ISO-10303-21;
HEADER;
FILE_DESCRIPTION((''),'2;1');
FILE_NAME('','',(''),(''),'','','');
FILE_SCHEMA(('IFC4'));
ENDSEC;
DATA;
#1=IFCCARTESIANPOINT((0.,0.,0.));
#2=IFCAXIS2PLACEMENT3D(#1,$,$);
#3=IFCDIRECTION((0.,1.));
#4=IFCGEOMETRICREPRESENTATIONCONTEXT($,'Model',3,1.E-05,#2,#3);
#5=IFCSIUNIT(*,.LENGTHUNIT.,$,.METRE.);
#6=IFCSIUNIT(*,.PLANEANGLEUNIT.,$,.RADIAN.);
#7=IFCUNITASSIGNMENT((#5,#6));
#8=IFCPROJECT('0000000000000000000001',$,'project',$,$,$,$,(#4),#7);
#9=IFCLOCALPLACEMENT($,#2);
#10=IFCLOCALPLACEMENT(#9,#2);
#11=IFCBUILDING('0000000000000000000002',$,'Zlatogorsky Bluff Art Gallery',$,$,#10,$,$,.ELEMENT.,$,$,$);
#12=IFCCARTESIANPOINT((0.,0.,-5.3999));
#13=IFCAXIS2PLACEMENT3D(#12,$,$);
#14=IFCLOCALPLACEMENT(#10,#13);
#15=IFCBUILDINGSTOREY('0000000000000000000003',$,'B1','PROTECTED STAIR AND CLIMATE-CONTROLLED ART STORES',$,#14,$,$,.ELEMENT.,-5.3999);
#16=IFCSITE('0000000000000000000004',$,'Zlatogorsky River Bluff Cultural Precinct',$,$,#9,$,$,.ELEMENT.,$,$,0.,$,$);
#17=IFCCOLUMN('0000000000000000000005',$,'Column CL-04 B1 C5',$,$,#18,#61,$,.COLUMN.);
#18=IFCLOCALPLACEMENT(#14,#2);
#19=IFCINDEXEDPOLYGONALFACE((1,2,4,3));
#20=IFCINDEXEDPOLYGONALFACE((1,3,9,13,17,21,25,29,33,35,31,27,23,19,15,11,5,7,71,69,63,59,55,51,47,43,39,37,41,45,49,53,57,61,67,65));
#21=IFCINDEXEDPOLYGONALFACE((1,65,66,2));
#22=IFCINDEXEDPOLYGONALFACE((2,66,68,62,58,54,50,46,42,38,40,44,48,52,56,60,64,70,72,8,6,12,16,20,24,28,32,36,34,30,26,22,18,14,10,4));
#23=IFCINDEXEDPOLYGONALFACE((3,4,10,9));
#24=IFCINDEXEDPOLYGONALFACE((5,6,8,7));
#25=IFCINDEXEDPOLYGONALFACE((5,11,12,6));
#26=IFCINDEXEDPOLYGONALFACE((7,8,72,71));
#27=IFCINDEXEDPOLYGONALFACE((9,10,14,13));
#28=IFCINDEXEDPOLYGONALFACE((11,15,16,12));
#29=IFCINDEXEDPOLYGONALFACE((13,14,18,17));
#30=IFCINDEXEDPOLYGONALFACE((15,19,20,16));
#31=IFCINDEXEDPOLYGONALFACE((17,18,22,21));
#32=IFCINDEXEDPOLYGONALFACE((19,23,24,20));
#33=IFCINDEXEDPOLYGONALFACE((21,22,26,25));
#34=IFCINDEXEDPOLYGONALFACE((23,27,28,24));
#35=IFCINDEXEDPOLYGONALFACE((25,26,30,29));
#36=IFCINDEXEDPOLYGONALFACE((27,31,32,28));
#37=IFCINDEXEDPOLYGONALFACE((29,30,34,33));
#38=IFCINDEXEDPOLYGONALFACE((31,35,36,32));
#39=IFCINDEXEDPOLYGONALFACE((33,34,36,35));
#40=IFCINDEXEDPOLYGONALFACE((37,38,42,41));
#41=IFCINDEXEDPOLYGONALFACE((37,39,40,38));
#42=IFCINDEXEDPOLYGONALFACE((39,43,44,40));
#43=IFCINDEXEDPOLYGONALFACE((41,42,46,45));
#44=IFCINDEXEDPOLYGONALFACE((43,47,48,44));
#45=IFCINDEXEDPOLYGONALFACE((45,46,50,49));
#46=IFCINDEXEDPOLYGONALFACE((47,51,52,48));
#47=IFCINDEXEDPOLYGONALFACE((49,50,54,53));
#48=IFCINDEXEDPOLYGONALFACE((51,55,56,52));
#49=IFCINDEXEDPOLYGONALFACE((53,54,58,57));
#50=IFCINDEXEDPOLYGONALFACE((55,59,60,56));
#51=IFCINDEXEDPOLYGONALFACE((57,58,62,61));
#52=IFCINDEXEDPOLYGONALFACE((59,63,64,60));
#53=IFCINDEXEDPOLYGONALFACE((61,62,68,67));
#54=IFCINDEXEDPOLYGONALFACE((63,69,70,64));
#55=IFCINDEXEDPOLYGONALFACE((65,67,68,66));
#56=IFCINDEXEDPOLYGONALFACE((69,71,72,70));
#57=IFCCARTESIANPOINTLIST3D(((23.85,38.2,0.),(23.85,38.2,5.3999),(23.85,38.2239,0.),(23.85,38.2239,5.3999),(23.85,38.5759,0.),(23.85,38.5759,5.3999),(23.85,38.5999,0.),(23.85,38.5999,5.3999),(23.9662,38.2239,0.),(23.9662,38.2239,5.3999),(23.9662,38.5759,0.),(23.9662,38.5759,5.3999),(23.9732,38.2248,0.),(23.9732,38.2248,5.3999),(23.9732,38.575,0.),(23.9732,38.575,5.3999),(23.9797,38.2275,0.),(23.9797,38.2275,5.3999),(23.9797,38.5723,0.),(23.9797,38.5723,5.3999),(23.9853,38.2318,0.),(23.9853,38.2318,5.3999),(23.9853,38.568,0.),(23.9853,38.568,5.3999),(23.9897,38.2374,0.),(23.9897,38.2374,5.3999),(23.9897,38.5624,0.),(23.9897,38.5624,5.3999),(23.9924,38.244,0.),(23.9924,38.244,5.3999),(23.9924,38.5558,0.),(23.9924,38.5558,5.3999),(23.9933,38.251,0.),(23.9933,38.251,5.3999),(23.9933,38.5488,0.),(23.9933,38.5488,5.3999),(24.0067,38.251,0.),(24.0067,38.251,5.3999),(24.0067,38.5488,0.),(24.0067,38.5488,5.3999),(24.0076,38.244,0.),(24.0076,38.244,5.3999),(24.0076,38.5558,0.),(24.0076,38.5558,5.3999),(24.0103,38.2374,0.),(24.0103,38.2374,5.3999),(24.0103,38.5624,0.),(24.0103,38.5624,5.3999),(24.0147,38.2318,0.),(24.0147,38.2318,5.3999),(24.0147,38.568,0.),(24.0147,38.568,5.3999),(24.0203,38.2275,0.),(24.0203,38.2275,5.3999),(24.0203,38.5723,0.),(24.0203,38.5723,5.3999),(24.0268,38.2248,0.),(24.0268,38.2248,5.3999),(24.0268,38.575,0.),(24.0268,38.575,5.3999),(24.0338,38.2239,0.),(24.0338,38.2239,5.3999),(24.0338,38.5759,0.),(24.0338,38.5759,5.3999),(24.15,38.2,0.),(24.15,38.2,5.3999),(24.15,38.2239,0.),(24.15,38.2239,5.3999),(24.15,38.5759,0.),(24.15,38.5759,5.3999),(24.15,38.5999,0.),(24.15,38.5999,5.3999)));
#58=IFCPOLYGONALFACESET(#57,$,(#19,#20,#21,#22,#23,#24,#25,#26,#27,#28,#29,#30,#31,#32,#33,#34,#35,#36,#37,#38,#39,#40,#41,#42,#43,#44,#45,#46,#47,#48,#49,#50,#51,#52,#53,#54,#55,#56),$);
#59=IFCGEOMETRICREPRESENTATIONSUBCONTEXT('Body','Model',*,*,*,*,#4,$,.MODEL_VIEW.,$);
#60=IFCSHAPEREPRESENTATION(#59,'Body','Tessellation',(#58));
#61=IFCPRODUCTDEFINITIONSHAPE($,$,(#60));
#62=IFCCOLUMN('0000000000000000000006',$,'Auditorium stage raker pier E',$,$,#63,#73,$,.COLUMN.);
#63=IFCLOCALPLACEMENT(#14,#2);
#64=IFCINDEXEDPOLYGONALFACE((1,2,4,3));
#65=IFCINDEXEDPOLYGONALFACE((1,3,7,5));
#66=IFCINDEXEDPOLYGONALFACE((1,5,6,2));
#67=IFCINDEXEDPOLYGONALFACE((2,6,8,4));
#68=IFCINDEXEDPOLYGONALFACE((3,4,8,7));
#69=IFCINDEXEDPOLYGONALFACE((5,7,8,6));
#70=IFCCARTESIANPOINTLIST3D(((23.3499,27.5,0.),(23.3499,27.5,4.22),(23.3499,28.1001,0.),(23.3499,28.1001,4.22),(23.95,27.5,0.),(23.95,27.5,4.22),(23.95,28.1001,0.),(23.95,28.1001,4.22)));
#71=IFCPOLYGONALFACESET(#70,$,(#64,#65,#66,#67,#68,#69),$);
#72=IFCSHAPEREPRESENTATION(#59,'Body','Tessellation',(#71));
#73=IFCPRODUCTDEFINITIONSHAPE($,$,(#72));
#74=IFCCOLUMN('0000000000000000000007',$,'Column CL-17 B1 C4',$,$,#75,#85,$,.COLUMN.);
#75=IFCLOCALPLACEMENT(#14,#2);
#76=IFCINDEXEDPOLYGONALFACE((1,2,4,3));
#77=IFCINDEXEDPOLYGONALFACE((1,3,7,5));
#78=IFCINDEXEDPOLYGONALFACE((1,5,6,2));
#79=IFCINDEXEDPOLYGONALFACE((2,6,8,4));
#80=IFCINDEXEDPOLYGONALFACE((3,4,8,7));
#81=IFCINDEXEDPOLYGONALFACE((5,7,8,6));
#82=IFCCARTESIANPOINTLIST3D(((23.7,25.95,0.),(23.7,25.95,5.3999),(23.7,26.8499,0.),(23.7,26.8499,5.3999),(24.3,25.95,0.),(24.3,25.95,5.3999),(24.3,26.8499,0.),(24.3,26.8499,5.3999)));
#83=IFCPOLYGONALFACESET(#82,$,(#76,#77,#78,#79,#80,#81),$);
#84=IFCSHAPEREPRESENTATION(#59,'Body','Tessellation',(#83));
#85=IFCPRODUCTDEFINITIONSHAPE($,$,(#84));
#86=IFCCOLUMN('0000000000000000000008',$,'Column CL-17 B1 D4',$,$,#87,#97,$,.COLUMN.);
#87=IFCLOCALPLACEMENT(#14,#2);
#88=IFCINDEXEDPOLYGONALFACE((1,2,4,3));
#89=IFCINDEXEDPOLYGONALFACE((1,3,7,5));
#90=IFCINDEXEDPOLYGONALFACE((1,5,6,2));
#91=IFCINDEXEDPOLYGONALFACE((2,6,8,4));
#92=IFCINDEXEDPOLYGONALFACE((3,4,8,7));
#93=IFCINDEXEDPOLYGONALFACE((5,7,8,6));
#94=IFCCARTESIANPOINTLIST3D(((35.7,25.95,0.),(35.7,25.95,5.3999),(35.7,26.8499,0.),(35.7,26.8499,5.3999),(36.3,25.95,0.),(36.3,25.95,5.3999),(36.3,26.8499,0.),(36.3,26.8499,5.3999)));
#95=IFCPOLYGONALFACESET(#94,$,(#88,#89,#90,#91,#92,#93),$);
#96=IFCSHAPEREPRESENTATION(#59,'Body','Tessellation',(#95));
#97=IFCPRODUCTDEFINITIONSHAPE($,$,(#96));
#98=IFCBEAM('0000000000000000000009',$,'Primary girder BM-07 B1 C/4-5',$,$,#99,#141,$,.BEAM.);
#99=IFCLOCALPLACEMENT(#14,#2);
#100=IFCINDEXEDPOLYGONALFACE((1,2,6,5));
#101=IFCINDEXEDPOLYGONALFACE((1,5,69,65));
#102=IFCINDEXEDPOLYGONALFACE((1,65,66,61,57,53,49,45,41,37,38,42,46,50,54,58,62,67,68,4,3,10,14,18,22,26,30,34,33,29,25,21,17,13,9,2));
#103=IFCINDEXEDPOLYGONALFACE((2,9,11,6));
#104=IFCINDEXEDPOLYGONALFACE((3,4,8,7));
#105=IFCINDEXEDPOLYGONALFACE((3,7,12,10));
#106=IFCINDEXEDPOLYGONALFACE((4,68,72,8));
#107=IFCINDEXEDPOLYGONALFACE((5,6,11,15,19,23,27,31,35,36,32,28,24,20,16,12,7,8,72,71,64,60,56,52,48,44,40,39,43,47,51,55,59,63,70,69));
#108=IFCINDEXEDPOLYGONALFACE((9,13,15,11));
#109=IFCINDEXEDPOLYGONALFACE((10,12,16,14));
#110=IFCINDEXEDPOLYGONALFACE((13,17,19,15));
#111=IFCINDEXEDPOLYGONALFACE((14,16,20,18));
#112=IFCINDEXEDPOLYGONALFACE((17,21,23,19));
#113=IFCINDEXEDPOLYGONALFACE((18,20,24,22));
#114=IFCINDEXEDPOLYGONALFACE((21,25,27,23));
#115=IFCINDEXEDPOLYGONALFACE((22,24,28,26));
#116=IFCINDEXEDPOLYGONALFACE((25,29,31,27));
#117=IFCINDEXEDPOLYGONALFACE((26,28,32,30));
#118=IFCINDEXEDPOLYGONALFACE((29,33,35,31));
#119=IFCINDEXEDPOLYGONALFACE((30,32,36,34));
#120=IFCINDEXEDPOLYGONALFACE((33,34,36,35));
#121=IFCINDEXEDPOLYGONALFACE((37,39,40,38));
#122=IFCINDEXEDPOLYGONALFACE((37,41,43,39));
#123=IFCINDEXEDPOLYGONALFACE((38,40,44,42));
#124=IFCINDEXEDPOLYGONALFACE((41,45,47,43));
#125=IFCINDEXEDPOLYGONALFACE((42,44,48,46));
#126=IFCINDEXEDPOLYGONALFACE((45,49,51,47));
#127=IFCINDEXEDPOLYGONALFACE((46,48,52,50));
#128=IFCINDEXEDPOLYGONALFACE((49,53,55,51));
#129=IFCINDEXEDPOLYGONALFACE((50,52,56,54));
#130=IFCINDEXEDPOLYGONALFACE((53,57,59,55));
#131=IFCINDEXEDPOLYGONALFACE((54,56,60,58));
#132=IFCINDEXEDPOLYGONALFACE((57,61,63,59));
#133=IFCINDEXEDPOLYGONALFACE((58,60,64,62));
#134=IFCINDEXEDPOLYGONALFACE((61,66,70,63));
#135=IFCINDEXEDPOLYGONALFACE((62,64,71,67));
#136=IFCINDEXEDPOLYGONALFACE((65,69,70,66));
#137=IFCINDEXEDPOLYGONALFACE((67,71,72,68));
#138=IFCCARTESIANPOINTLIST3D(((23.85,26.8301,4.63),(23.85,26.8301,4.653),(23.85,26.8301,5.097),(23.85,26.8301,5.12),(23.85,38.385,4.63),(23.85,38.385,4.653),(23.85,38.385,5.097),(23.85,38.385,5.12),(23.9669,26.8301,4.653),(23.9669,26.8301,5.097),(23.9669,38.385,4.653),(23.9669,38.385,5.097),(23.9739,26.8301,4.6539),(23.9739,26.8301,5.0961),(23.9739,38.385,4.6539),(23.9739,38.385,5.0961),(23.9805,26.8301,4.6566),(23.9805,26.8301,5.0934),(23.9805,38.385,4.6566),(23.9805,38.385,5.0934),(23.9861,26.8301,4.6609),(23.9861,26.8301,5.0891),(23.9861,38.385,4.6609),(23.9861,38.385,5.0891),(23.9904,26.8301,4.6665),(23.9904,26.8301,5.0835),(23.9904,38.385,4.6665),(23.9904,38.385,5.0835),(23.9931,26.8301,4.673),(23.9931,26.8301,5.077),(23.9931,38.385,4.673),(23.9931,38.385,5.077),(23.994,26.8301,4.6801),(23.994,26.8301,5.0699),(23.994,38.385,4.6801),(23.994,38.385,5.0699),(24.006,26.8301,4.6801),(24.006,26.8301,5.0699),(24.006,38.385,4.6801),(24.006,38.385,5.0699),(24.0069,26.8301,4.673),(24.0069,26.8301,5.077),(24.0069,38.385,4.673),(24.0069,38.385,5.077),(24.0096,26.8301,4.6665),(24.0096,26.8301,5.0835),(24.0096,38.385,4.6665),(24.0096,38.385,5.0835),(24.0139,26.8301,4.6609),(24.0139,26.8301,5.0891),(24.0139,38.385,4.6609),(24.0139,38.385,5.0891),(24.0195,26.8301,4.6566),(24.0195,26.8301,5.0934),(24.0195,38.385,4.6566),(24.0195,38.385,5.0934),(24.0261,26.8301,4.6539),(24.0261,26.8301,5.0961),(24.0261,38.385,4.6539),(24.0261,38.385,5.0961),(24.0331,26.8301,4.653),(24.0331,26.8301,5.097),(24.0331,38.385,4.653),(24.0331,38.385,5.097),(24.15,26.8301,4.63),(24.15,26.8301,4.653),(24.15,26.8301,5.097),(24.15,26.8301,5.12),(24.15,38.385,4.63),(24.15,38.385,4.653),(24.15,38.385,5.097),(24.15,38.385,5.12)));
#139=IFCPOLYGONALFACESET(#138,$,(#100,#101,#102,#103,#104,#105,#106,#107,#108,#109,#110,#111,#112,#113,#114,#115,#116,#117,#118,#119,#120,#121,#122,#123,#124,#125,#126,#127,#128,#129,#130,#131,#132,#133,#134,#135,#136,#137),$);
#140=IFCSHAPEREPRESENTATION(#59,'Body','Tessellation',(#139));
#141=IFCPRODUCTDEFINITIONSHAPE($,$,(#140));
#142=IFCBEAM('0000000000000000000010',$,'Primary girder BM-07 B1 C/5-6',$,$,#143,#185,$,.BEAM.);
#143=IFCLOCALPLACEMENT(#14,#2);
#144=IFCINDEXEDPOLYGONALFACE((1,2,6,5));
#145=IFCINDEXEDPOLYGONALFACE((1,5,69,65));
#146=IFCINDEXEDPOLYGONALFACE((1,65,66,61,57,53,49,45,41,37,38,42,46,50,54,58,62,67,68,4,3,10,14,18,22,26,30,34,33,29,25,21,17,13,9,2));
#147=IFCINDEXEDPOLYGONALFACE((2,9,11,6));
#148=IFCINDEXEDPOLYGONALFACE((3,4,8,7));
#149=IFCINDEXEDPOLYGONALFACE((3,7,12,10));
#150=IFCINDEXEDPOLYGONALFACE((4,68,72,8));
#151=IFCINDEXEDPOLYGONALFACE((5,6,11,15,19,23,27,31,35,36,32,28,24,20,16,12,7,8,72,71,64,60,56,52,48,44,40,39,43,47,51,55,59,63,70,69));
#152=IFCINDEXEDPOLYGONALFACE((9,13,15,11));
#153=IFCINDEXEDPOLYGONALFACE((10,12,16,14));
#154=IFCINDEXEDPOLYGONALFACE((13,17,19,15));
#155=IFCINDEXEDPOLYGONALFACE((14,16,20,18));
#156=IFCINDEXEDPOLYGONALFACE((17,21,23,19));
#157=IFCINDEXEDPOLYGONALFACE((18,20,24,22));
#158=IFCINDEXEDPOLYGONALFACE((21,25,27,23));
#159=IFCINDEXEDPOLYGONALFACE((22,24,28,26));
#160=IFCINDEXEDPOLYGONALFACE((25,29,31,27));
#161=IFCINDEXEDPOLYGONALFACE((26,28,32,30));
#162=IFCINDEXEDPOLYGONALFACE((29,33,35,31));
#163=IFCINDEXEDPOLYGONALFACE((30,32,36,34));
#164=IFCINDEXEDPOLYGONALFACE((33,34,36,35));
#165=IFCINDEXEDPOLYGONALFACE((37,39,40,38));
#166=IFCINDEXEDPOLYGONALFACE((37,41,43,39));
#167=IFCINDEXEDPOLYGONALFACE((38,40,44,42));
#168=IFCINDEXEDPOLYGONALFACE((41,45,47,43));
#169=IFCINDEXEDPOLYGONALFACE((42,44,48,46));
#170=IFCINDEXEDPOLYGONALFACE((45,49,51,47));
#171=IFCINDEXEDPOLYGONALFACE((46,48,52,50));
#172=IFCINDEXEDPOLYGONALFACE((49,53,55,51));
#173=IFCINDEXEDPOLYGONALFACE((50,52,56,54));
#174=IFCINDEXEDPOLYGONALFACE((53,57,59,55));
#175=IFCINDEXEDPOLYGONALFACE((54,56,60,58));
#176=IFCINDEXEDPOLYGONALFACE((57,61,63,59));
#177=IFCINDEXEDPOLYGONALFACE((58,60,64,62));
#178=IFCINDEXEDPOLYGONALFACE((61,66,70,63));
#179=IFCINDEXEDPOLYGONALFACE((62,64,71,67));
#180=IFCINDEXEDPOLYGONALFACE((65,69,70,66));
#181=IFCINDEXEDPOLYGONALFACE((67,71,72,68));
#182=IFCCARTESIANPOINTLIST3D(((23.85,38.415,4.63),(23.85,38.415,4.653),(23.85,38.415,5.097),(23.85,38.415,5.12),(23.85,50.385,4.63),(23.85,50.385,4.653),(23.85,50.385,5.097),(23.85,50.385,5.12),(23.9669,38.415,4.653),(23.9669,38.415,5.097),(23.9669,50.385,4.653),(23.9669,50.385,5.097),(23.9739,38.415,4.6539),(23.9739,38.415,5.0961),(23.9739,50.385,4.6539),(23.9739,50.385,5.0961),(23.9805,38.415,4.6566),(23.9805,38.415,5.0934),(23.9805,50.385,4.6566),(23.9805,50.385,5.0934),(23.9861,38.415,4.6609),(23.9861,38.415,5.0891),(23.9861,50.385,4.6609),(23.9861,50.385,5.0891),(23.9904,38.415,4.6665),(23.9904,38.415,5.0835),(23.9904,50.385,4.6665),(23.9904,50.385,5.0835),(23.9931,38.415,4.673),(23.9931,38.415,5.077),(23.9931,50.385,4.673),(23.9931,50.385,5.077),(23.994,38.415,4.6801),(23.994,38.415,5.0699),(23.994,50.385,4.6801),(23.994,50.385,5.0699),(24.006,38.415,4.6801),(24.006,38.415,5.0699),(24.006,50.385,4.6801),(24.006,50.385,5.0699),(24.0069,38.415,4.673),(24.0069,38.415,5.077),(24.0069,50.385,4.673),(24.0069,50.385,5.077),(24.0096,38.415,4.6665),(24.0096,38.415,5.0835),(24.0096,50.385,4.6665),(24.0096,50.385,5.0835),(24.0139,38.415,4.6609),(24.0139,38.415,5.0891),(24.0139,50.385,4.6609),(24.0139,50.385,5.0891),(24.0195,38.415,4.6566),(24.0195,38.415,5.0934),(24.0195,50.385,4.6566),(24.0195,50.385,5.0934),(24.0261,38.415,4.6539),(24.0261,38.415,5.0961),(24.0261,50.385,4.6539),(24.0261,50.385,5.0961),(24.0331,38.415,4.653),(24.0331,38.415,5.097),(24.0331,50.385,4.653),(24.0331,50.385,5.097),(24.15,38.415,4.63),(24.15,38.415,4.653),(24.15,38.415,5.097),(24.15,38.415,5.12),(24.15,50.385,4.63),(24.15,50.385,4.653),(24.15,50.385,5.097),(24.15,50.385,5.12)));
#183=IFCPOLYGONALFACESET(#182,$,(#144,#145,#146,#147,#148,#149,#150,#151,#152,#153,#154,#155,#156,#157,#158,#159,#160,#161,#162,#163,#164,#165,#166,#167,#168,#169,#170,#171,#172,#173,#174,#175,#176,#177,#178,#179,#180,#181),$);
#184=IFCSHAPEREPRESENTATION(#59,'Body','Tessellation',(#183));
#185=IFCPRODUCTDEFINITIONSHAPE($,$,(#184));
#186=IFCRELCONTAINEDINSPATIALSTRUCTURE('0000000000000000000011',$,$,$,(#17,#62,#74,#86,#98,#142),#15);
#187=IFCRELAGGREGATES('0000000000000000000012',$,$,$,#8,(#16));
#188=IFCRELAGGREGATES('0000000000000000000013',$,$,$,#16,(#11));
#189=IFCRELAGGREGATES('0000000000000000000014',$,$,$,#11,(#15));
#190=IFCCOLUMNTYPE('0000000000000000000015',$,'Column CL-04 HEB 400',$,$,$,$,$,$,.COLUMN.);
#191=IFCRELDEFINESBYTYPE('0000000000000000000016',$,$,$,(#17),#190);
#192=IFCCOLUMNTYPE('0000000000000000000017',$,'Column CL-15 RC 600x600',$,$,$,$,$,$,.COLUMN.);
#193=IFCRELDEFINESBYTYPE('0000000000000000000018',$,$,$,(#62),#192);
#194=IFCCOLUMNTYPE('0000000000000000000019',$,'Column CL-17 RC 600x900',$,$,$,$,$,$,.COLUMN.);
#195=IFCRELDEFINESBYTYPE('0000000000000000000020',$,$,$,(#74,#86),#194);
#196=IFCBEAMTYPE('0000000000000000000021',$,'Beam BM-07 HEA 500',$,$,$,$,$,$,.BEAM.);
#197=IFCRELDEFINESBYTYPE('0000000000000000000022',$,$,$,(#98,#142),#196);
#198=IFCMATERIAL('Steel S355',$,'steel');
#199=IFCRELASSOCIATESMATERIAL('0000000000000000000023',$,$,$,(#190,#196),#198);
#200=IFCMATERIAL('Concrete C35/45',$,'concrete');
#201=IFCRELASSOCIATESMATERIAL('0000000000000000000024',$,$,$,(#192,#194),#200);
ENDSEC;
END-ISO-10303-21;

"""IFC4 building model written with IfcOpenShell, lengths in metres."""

from ifc_helpers import new_model, si_unit, direction, frame, origin, origin_2d, place, context, subcontext, project, spatial, rectangle, i_section, extrude, material, material_profile, profile_set, type_object, element, save


model = new_model("IFC4")

# Units and contexts
model_context = context("Model", 3, precision=1e-05, world=origin(), true_north=direction((0.0, 1.0)))
body_context = subcontext(model_context, "Body", "Model", "MODEL_VIEW")
ifc_project = project(units=[si_unit("LENGTHUNIT", "METRE"), si_unit("PLANEANGLEUNIT", "RADIAN")], contexts=[model_context])

# Site, building, storey
site_placement = place(None, origin())
site = spatial("IfcSite", under=ifc_project, at=site_placement, Name="Zlatogorsky River Bluff Cultural Precinct", CompositionType="ELEMENT", RefElevation=0.0)
building_placement = place(site_placement, origin())
building = spatial("IfcBuilding", under=site, at=building_placement, Name="Zlatogorsky Bluff Art Gallery", CompositionType="ELEMENT")
storey_placement = place(building_placement, frame((0.0, 0.0, -5.3999)))
storey = spatial("IfcBuildingStorey", under=building, at=storey_placement, Name="B1", Description="PROTECTED STAIR AND CLIMATE-CONTROLLED ART STORES", CompositionType="ELEMENT", Elevation=-5.3999)

# Shared definitions
ifc_material_1 = material(Name="Concrete C35/45", Category="concrete")

# Columns
ifc_material_2 = material(Name="Steel S355", Category="steel")
ifc_material_profile_1 = material_profile(ifc_material_2, i_section(OverallWidth=0.3, OverallDepth=0.3999, WebThickness=0.0134, FlangeThickness=0.0239, FilletRadius=0.0271, at=origin_2d()), Name="HEB 400")
ifc_profile_set_1 = profile_set([ifc_material_profile_1], Name="Steel S355")
column_type_1 = type_object("IfcColumnType", Name="Column CL-04 HEB 400", PredefinedType="COLUMN", material=ifc_profile_set_1)
column_1_placement = place(storey_placement, frame((24.0, 38.3999, 0.0), z_axis=(0.0, 0.0, 1.0), x_axis=(1.0, 0.0, 0.0)))
element("IfcColumn", 1, at=column_1_placement, inside=storey, type_object=column_type_1, Name="Column CL-04 B1 C5", PredefinedType="COLUMN", context=body_context, shape_type="SweptSolid", body=[
    extrude(i_section(OverallWidth=0.3, OverallDepth=0.3999, WebThickness=0.0134, FlangeThickness=0.0239, FilletRadius=0.0271, at=origin_2d()), origin(), (0.0, 0.0, 1.0), 5.3999),
])
ifc_material_profile_2 = material_profile(ifc_material_1, rectangle(XDim=0.6001, YDim=0.6001, at=origin_2d()), Name="RC 600x600")
ifc_profile_set_2 = profile_set([ifc_material_profile_2], Name="Concrete C35/45")
column_type_2 = type_object("IfcColumnType", Name="Column CL-15 RC 600x600", PredefinedType="COLUMN", material=ifc_profile_set_2)
column_2_placement = place(storey_placement, frame((23.6499, 27.8, 0.0), z_axis=(0.0, 0.0, 1.0), x_axis=(1.0, 0.0, 0.0)))
element("IfcColumn", 2, at=column_2_placement, inside=storey, type_object=column_type_2, Name="Auditorium stage raker pier E", PredefinedType="COLUMN", context=body_context, shape_type="SweptSolid", body=[
    extrude(rectangle(XDim=0.6001, YDim=0.6001, at=origin_2d()), origin(), (0.0, 0.0, 1.0), 4.22),
])
ifc_material_profile_3 = material_profile(ifc_material_1, rectangle(XDim=0.6001, YDim=0.8999, at=origin_2d()), Name="RC 600x900")
ifc_profile_set_3 = profile_set([ifc_material_profile_3], Name="Concrete C35/45")
column_type_3 = type_object("IfcColumnType", Name="Column CL-17 RC 600x900", PredefinedType="COLUMN", material=ifc_profile_set_3)
for number, where, z_axis, x_axis, name in (
    (3, (24.0, 26.3999, 0.0), (0.0, 0.0, 1.0), (1.0, 0.0, 0.0), "Column CL-17 B1 C4"),
    (4, (36.0, 26.3999, 0.0), (0.0, 0.0, 1.0), (1.0, 0.0, 0.0), "Column CL-17 B1 D4"),
):
    element("IfcColumn", number, at=place(storey_placement, frame(where, z_axis=z_axis, x_axis=x_axis)), inside=storey, type_object=column_type_3, Name=name, PredefinedType="COLUMN", context=body_context, shape_type="SweptSolid", body=[
        extrude(rectangle(XDim=0.6001, YDim=0.8999, at=origin_2d()), origin(), (0.0, 0.0, 1.0), 5.3999),
    ])

# Beams
ifc_material_profile_4 = material_profile(ifc_material_2, i_section(OverallWidth=0.3, OverallDepth=0.49, WebThickness=0.012, FlangeThickness=0.0229, FilletRadius=0.0271, at=origin_2d()), Name="HEA 500")
ifc_profile_set_4 = profile_set([ifc_material_profile_4], Name="Steel S355")
beam_type_1 = type_object("IfcBeamType", Name="Beam BM-07 HEA 500", PredefinedType="BEAM", material=ifc_profile_set_4)
beam_1_placement = place(storey_placement, frame((24.0, 26.8301, 4.875), z_axis=(0.0, 1.0, 0.0), x_axis=(-1.0, 0.0, 0.0)))
element("IfcBeam", 5, at=beam_1_placement, inside=storey, type_object=beam_type_1, Name="Primary girder BM-07 B1 C/4-5", PredefinedType="BEAM", context=body_context, shape_type="SweptSolid", body=[
    extrude(i_section(OverallWidth=0.3, OverallDepth=0.49, WebThickness=0.012, FlangeThickness=0.0229, FilletRadius=0.0271, at=origin_2d()), origin(), (0.0, 0.0, 1.0), 11.5549),
])
beam_2_placement = place(storey_placement, frame((24.0, 38.415, 4.875), z_axis=(0.0, 1.0, 0.0), x_axis=(-1.0, 0.0, 0.0)))
element("IfcBeam", 6, at=beam_2_placement, inside=storey, type_object=beam_type_1, Name="Primary girder BM-07 B1 C/5-6", PredefinedType="BEAM", context=body_context, shape_type="SweptSolid", body=[
    extrude(i_section(OverallWidth=0.3, OverallDepth=0.49, WebThickness=0.012, FlangeThickness=0.0229, FilletRadius=0.0271, at=origin_2d()), origin(), (0.0, 0.0, 1.0), 11.97),
])

save(model, "model.ifc")
